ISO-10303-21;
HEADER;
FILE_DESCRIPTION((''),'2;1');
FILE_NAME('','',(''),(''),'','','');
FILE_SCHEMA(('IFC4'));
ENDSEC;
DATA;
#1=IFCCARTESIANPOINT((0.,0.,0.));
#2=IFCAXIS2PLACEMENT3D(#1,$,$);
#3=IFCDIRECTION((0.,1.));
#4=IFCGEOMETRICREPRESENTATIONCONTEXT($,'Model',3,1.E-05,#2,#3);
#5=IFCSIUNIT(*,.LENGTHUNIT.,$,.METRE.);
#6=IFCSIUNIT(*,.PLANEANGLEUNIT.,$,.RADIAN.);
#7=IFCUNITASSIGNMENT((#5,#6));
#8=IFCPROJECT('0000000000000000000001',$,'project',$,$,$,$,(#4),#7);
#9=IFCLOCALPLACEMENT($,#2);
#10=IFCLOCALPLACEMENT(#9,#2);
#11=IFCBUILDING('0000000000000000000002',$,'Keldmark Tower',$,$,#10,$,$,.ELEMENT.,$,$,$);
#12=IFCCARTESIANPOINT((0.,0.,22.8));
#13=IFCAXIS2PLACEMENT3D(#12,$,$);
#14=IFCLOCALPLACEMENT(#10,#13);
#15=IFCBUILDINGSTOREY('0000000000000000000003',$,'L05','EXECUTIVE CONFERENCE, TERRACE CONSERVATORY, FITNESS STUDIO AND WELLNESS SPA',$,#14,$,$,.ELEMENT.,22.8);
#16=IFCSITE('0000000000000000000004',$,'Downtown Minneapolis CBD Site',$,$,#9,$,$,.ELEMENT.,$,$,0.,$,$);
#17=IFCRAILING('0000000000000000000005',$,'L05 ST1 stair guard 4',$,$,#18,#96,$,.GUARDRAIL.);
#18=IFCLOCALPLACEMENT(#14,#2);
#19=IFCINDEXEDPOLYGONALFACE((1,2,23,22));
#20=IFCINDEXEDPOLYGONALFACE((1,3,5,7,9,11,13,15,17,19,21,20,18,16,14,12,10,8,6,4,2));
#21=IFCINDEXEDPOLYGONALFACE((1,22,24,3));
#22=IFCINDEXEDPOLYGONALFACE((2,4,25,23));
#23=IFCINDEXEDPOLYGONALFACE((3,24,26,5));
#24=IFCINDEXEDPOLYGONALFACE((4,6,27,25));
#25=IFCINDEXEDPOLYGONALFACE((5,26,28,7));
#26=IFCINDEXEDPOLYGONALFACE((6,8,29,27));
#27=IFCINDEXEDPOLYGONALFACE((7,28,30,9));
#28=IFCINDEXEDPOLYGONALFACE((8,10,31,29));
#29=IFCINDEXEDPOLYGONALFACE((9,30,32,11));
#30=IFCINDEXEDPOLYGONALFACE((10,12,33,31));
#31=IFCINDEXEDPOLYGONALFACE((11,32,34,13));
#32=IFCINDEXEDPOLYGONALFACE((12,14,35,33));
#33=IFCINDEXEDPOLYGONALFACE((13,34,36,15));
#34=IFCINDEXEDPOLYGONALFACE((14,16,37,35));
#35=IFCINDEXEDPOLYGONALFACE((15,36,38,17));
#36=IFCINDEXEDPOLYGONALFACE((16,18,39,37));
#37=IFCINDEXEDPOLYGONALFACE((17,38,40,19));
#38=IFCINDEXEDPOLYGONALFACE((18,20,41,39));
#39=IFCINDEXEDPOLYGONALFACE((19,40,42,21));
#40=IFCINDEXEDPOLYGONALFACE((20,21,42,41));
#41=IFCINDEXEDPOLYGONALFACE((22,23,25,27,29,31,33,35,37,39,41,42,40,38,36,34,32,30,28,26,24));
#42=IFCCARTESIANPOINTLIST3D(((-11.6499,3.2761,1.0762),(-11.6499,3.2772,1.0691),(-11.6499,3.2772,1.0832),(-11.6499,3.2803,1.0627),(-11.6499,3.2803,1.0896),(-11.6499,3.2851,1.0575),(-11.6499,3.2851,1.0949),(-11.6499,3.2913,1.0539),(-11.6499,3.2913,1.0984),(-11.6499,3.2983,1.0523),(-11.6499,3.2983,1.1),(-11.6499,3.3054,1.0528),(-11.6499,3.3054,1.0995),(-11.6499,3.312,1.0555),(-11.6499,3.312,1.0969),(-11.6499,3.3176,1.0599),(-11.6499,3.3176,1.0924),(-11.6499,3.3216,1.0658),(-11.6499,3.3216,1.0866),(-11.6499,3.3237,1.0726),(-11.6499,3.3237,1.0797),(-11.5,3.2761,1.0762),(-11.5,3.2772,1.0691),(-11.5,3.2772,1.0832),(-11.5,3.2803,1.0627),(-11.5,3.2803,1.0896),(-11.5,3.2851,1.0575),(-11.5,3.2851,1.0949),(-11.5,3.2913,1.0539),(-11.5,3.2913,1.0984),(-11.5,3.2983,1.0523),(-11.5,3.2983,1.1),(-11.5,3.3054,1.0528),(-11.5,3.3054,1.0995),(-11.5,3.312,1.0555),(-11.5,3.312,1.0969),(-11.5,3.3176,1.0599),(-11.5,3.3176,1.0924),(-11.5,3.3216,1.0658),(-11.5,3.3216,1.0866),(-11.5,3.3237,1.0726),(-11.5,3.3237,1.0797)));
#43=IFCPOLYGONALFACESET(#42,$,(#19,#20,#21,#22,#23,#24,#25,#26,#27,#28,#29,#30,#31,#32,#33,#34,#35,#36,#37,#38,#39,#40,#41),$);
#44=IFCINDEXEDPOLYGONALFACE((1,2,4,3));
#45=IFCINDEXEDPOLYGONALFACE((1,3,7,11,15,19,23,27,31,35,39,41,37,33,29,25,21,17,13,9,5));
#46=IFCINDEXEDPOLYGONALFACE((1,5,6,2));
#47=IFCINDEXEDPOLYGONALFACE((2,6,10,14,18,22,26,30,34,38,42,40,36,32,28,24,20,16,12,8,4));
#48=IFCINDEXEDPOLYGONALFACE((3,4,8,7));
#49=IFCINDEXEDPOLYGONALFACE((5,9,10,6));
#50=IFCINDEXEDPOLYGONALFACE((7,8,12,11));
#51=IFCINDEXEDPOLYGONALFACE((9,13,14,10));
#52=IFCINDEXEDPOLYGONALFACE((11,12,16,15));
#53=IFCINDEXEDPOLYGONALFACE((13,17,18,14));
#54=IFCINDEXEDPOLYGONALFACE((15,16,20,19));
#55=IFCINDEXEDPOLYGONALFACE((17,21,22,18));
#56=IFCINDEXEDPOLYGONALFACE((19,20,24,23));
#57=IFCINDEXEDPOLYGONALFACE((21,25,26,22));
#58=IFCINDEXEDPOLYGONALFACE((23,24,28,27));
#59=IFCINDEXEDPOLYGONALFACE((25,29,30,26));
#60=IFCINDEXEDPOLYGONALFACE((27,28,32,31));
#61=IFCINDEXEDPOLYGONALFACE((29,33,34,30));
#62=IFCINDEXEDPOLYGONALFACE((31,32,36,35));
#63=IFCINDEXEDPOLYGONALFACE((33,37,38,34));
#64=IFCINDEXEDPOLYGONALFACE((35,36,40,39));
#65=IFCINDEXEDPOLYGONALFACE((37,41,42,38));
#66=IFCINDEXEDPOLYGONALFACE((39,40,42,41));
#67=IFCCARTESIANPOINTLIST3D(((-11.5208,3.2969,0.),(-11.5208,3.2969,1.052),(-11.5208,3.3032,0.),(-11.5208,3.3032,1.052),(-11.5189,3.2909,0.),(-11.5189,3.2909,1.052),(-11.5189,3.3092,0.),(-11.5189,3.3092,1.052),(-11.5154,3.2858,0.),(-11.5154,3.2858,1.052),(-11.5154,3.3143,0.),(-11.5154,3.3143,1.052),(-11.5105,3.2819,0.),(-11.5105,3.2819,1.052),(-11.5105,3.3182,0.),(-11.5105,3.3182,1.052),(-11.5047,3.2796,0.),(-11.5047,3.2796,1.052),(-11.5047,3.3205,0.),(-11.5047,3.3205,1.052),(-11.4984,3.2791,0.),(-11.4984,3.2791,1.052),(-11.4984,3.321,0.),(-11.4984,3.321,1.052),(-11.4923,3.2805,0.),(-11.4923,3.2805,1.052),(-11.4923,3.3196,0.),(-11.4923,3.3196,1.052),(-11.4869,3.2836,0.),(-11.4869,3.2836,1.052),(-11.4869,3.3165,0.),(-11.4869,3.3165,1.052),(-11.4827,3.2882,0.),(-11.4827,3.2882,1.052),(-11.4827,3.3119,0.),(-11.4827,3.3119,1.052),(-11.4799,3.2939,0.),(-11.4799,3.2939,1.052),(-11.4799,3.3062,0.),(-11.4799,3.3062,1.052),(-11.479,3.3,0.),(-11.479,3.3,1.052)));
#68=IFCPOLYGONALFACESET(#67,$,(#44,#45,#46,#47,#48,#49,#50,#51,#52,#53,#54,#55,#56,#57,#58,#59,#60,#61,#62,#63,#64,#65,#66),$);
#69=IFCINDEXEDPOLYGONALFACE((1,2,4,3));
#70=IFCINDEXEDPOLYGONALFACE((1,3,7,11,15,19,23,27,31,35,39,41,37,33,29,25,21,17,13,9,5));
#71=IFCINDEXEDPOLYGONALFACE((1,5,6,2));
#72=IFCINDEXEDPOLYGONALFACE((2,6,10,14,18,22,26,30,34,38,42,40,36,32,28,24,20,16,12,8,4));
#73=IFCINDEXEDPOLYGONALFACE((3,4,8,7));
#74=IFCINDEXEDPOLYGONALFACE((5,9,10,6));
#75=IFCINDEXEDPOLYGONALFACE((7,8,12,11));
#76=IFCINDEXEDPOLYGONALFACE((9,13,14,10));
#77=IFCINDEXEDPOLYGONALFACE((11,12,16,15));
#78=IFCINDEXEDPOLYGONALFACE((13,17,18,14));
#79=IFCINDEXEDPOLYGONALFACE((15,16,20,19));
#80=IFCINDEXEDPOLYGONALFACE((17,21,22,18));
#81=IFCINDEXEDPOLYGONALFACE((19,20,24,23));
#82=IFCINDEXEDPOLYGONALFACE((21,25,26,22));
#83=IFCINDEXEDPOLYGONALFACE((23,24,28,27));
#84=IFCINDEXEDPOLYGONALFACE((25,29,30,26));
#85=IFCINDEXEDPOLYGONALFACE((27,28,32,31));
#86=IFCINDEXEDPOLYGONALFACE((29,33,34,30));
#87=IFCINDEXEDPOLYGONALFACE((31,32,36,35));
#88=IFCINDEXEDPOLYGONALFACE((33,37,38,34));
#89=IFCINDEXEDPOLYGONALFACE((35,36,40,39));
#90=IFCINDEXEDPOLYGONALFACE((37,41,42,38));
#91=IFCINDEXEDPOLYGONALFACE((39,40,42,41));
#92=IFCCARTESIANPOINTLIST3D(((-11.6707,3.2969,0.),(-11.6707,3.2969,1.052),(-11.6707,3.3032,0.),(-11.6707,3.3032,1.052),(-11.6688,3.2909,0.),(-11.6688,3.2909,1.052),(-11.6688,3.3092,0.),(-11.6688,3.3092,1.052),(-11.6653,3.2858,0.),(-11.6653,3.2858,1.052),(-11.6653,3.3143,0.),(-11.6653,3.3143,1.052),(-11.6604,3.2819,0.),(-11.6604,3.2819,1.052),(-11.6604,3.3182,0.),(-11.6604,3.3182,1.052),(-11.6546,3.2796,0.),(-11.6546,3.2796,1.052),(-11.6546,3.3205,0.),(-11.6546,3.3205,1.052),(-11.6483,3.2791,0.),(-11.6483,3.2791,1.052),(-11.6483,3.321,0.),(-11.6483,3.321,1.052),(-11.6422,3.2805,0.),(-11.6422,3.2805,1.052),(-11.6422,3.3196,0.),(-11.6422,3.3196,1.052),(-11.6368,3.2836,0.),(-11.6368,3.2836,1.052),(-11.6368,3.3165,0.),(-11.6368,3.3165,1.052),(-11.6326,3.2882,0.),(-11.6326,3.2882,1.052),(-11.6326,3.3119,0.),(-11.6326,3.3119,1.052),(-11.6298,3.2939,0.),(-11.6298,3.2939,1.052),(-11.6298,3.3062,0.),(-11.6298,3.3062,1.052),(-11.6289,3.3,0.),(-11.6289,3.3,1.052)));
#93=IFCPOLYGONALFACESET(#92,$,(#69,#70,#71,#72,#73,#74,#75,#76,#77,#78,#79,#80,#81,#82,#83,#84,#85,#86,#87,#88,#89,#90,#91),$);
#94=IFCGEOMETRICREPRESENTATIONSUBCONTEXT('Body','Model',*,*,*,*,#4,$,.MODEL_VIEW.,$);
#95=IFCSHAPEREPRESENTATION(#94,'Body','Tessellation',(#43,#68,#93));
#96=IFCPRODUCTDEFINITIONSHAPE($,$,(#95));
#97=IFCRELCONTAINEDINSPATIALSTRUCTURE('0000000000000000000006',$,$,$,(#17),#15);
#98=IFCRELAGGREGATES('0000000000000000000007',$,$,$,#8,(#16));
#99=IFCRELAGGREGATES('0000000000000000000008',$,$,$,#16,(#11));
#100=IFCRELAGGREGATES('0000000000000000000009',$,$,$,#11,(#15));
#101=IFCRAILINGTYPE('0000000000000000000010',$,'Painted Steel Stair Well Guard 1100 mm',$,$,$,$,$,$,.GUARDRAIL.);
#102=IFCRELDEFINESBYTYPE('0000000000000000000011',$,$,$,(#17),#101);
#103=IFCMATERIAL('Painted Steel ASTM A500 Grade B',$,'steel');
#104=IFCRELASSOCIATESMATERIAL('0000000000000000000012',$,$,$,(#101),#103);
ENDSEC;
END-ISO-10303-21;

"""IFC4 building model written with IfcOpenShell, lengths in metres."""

from ifc_helpers import new_model, si_unit, direction, frame, origin, origin_2d, place, context, subcontext, project, spatial, circle, extrude, material, type_object, element, save


model = new_model("IFC4")

# Units and contexts
model_context = context("Model", 3, precision=1e-05, world=origin(), true_north=direction((0.0, 1.0)))
body_context = subcontext(model_context, "Body", "Model", "MODEL_VIEW")
ifc_project = project(units=[si_unit("LENGTHUNIT", "METRE"), si_unit("PLANEANGLEUNIT", "RADIAN")], contexts=[model_context])

# Site, building, storey
site_placement = place(None, origin())
site = spatial("IfcSite", under=ifc_project, at=site_placement, Name="Downtown Minneapolis CBD Site", CompositionType="ELEMENT", RefElevation=0.0)
building_placement = place(site_placement, origin())
building = spatial("IfcBuilding", under=site, at=building_placement, Name="Keldmark Tower", CompositionType="ELEMENT")
storey_placement = place(building_placement, frame((0.0, 0.0, 22.8)))
storey = spatial("IfcBuildingStorey", under=building, at=storey_placement, Name="L05", Description="EXECUTIVE CONFERENCE, TERRACE CONSERVATORY, FITNESS STUDIO AND WELLNESS SPA", CompositionType="ELEMENT", Elevation=22.8)

# Railing
ifc_material_1 = material(Name="Painted Steel ASTM A500 Grade B", Category="steel")
railing_type_1 = type_object("IfcRailingType", Name="Painted Steel Stair Well Guard 1100 mm", PredefinedType="GUARDRAIL", material=ifc_material_1)
railing_1_placement = place(storey_placement, frame((-11.5, 3.3, 0.0)))
element("IfcRailing", 1, at=railing_1_placement, inside=storey, type_object=railing_type_1, Name="L05 ST1 stair guard 4", PredefinedType="GUARDRAIL", context=body_context, shape_type="SweptSolid", body=[
    extrude(circle(Radius=0.0239, at=origin_2d()), frame((0.0, 0.0, 1.0762), z_axis=(-1.0, 0.0, 0.0), x_axis=(0.0, -1.0, 0.0)), (0.0, 0.0, 1.0), 0.1499),
    extrude(circle(Radius=0.021, at=origin_2d()), origin(), (0.0, 0.0, 1.0), 1.052),
    extrude(circle(Radius=0.021, at=origin_2d()), frame((-0.1499, 0.0, 0.0)), (0.0, 0.0, 1.0), 1.052),
])

save(model, "model.ifc")
